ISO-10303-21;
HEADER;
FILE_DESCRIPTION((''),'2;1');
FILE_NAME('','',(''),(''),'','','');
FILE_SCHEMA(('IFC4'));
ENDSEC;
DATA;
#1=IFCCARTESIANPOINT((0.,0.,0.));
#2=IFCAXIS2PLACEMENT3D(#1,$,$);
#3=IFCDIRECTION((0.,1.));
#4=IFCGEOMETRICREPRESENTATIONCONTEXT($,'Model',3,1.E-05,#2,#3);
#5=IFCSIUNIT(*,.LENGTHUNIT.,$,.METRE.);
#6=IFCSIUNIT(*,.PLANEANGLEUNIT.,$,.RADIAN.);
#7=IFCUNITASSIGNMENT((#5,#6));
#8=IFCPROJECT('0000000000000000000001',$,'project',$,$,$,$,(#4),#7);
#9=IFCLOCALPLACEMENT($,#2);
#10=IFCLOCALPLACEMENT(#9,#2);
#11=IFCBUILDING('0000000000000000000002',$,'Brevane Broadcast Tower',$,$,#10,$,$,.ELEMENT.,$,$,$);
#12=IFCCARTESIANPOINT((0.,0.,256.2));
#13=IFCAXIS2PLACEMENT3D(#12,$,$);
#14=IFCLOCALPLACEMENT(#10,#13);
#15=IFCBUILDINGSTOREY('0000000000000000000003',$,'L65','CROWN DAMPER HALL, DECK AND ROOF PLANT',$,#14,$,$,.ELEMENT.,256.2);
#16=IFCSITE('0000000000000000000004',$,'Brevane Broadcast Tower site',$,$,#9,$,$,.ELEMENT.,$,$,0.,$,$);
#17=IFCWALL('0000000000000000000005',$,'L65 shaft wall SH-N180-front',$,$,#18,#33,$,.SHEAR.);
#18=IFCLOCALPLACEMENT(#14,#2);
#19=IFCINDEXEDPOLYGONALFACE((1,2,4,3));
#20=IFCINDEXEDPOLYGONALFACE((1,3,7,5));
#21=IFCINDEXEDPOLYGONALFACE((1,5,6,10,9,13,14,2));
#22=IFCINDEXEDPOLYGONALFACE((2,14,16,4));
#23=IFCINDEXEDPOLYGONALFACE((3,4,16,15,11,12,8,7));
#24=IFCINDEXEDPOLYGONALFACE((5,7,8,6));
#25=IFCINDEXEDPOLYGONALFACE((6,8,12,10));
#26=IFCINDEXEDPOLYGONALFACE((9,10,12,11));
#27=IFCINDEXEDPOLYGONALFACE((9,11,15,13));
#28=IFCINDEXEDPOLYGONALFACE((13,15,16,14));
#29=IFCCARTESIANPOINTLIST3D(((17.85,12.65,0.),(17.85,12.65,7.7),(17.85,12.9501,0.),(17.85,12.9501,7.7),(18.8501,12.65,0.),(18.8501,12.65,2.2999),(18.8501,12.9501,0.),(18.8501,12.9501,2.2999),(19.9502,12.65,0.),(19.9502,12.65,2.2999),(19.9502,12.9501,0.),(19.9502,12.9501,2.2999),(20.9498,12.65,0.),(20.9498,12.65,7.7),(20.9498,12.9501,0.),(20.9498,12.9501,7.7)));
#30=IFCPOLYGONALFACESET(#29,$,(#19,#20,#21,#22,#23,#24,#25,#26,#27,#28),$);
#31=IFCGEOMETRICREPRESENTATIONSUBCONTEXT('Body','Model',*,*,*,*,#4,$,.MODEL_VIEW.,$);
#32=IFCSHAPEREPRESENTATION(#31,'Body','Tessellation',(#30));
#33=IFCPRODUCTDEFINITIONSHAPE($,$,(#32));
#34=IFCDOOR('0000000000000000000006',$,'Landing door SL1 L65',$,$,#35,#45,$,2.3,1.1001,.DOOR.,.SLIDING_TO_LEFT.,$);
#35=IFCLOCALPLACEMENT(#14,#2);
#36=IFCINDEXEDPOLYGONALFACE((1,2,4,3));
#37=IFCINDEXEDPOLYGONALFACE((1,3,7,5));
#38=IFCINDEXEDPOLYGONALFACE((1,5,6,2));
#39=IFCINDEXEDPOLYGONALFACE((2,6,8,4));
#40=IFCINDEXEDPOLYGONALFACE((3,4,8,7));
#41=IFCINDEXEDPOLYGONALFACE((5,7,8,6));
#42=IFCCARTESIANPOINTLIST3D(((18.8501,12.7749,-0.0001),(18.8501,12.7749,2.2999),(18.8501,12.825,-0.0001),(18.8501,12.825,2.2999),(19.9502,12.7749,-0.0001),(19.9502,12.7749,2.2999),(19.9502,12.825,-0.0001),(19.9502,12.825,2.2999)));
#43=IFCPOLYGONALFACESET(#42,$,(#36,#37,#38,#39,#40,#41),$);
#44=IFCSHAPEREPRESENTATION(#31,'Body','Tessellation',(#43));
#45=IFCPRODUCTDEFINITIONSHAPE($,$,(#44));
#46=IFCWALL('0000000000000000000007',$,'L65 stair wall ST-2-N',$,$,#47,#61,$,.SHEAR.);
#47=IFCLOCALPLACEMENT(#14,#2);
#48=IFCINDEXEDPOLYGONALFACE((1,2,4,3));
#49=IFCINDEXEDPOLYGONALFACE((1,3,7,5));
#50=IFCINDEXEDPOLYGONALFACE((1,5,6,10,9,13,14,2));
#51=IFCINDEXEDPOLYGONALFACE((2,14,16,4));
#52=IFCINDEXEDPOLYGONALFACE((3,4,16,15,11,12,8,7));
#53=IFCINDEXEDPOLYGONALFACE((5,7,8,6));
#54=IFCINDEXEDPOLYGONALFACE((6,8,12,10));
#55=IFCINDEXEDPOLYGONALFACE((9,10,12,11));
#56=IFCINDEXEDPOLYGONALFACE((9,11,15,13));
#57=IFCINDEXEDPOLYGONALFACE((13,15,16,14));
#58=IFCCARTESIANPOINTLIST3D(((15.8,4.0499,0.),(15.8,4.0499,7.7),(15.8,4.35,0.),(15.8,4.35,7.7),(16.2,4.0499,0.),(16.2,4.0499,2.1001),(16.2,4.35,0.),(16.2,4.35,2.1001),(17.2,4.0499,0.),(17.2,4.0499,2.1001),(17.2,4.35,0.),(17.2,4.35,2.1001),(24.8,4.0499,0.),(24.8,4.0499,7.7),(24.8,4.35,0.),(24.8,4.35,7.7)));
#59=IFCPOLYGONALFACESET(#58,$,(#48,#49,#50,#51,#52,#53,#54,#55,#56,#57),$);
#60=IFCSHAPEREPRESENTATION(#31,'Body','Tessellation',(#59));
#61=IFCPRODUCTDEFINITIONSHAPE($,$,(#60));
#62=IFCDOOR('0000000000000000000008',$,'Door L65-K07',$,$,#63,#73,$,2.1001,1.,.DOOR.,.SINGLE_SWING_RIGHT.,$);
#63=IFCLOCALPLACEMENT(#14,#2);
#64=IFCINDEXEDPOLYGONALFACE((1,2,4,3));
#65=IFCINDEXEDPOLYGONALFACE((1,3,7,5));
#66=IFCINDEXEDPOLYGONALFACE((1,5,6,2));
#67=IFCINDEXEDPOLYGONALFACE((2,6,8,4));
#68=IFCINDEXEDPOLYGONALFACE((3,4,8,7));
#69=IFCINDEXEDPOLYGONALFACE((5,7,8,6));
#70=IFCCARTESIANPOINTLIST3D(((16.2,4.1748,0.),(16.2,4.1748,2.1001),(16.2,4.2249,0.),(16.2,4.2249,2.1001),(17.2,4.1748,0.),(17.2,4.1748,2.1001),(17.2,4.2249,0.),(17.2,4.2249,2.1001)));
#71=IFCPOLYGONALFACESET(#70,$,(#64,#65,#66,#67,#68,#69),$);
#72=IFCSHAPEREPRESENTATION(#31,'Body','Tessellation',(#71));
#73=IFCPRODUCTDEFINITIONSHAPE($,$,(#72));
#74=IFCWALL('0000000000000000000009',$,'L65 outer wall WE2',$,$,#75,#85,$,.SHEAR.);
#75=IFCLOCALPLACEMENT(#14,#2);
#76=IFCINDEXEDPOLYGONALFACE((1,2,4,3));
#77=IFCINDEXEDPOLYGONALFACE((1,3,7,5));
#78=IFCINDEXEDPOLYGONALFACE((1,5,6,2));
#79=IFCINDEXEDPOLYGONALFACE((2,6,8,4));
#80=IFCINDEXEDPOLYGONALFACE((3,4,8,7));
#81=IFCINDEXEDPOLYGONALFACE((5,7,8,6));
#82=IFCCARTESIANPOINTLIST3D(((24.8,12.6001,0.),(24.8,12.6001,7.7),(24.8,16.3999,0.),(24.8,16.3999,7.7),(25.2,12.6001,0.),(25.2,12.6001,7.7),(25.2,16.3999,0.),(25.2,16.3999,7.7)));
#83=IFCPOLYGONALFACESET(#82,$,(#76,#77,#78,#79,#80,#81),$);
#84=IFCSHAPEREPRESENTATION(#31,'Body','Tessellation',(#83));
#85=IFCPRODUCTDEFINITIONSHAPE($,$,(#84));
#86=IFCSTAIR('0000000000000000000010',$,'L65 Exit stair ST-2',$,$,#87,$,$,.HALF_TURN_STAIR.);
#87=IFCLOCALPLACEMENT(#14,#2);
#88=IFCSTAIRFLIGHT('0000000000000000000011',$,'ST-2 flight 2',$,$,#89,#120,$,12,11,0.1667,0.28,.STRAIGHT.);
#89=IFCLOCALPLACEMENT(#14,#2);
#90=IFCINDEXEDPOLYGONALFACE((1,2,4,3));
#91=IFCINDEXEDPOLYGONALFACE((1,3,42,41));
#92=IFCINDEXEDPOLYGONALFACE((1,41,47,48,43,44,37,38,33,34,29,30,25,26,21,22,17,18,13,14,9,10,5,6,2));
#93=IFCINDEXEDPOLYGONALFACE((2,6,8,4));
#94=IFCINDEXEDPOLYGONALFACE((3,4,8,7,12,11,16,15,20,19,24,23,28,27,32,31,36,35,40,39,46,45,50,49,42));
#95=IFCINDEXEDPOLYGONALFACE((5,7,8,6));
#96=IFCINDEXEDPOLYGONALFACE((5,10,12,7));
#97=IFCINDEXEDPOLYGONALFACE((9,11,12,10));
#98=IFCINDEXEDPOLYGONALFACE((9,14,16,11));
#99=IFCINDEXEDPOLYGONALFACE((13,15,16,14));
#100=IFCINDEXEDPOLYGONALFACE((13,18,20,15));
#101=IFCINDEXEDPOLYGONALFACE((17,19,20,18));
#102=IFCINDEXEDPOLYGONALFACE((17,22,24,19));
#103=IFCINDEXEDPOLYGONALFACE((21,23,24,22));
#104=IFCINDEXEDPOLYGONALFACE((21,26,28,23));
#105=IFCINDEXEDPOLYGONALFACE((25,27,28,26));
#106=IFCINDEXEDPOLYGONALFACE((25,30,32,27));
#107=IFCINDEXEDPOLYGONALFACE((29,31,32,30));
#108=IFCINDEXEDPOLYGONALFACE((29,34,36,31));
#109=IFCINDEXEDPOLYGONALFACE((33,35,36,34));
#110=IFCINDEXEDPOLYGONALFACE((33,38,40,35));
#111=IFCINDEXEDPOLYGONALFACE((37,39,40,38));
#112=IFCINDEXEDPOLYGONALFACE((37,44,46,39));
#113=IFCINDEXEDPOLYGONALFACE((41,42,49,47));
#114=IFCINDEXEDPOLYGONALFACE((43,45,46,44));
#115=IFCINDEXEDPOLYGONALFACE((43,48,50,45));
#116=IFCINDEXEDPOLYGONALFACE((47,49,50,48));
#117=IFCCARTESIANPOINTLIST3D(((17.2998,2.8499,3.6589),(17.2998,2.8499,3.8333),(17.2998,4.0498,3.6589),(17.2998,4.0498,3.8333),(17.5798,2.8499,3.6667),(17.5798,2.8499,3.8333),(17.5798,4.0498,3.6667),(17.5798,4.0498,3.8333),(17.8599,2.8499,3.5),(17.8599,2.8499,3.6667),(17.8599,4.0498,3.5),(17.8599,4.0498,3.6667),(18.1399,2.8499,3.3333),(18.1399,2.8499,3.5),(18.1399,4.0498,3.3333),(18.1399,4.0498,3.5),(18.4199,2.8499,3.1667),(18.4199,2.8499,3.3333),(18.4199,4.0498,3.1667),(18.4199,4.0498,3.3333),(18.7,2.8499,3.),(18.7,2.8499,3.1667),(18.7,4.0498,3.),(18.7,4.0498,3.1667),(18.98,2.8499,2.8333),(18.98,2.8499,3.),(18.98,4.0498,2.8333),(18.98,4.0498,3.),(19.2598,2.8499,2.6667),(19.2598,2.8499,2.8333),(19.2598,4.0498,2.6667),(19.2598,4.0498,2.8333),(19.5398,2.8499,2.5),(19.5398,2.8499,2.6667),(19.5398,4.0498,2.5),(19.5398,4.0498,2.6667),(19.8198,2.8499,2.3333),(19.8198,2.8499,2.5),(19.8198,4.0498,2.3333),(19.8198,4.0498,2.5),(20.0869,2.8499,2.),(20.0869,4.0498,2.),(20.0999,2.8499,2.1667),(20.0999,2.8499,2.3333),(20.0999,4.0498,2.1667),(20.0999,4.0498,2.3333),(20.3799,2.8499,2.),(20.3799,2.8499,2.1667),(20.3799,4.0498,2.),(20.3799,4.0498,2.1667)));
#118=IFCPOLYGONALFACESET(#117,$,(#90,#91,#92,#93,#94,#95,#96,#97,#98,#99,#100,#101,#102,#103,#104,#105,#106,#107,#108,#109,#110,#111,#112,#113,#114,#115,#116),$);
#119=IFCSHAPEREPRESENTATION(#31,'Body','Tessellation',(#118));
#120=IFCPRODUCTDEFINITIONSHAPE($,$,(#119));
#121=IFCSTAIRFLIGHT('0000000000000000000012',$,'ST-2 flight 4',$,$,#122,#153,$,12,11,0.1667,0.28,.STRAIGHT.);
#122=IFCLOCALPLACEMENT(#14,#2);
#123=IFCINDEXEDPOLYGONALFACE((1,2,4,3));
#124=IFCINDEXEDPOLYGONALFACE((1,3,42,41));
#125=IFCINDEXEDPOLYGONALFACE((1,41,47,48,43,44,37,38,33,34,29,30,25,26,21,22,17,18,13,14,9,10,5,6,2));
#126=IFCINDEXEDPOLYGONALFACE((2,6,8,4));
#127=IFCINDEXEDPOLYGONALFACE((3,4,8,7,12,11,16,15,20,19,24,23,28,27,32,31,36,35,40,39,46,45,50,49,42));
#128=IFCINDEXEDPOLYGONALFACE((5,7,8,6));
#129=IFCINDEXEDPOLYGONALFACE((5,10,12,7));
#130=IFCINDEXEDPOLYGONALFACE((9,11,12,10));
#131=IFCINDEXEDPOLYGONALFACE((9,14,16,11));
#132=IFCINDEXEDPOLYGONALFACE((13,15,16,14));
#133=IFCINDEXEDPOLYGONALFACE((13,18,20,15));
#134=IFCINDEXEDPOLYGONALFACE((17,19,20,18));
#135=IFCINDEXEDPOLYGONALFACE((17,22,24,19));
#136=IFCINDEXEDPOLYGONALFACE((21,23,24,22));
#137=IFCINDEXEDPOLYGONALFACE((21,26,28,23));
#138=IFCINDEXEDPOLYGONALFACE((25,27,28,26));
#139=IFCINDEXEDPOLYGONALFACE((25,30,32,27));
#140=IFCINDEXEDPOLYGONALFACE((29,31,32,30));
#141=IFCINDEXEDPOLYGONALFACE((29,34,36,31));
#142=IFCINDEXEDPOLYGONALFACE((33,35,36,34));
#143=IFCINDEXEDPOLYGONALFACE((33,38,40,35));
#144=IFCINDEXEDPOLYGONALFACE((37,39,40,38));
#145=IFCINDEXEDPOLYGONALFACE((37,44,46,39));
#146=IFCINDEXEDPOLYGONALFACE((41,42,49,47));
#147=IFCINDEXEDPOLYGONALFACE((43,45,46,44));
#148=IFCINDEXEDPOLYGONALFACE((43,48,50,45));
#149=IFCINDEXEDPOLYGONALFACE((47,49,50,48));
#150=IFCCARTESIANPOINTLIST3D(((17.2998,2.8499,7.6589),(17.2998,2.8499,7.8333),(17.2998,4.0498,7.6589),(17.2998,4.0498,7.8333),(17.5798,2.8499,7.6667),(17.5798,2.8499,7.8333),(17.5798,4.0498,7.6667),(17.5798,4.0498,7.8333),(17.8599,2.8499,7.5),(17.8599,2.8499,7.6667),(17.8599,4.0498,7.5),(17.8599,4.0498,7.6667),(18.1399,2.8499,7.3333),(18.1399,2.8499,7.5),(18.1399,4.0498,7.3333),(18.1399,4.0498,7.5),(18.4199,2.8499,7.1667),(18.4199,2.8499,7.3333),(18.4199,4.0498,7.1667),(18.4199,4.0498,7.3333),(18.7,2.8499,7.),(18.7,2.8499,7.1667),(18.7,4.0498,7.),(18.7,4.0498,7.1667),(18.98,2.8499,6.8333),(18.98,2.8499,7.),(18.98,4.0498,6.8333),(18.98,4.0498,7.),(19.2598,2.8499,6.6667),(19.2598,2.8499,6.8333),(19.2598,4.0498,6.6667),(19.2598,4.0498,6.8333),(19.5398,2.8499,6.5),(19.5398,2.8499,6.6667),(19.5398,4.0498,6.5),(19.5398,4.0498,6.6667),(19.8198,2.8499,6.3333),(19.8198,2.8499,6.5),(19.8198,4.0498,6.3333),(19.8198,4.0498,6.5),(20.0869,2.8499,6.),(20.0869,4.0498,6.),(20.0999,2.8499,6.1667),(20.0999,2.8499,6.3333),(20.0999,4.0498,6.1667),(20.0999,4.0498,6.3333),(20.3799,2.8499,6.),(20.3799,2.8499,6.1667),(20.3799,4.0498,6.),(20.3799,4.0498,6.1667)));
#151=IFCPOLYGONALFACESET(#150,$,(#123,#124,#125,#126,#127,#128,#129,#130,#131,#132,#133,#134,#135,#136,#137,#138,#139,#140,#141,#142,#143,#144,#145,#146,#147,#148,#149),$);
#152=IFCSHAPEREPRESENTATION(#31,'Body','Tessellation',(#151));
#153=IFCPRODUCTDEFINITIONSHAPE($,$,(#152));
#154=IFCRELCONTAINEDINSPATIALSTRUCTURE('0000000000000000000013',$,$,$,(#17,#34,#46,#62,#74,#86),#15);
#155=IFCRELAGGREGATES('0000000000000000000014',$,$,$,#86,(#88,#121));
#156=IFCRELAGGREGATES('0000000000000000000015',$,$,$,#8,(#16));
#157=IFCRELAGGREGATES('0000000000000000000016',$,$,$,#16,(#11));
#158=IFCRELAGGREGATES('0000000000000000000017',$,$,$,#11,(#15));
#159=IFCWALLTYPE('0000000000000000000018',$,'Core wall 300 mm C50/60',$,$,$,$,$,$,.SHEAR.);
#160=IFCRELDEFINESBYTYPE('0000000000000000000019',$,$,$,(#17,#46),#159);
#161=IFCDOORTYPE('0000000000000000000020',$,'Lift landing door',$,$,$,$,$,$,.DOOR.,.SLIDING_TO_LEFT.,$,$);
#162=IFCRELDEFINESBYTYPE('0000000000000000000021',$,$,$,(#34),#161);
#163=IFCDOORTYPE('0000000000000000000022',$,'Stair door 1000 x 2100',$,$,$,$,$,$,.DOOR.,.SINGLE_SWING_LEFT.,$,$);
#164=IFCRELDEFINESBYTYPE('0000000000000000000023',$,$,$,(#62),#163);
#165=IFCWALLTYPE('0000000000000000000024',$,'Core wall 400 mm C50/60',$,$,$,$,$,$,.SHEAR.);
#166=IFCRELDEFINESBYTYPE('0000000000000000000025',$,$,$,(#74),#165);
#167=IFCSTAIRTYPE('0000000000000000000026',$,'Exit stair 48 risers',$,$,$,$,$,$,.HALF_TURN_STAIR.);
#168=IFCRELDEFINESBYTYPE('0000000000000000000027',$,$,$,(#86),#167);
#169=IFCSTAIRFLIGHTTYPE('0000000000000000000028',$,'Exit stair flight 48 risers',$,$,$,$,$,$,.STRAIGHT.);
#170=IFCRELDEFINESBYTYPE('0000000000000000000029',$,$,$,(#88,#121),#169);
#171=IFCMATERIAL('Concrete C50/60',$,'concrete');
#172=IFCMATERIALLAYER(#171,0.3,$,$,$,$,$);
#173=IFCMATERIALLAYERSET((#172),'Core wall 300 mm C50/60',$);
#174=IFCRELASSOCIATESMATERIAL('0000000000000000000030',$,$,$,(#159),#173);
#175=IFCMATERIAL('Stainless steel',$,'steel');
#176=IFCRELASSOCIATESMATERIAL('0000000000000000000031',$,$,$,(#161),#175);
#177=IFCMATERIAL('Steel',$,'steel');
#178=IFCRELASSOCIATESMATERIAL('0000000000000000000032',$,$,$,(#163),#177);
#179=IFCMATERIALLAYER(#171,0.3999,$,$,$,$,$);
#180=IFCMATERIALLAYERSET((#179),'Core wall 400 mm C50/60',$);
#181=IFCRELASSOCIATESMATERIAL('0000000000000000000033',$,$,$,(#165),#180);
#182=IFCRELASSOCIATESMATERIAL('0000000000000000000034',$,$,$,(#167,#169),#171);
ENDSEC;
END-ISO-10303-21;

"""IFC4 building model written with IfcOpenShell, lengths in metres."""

from ifc_helpers import new_model, si_unit, direction, frame, frame_2d, origin, place, context, subcontext, project, spatial, polyline, rectangle, outline, extrude, material, layer, layer_set, type_object, element, fill, aggregate, save


model = new_model("IFC4")

# Units and contexts
model_context = context("Model", 3, precision=1e-05, world=origin(), true_north=direction((0.0, 1.0)))
body_context = subcontext(model_context, "Body", "Model", "MODEL_VIEW")
ifc_project = project(units=[si_unit("LENGTHUNIT", "METRE"), si_unit("PLANEANGLEUNIT", "RADIAN")], contexts=[model_context])

# Site, building, storey
site_placement = place(None, origin())
site = spatial("IfcSite", under=ifc_project, at=site_placement, Name="Brevane Broadcast Tower site", CompositionType="ELEMENT", RefElevation=0.0)
building_placement = place(site_placement, origin())
building = spatial("IfcBuilding", under=site, at=building_placement, Name="Brevane Broadcast Tower", CompositionType="ELEMENT")
storey_placement = place(building_placement, frame((0.0, 0.0, 256.2)))
storey = spatial("IfcBuildingStorey", under=building, at=storey_placement, Name="L65", Description="CROWN DAMPER HALL, DECK AND ROOF PLANT", CompositionType="ELEMENT", Elevation=256.2)

# Shared definitions
ifc_material_1 = material(Name="Steel", Category="steel")

# Walls, openings, doors
ifc_material_2 = material(Name="Concrete C50/60", Category="concrete")
ifc_layer_1 = layer(ifc_material_2, 0.3)
ifc_layer_set_1 = layer_set([ifc_layer_1], Name="Core wall 300 mm C50/60")
wall_type_1 = type_object("IfcWallType", Name="Core wall 300 mm C50/60", PredefinedType="SHEAR", material=ifc_layer_set_1)
wall_1_placement = place(storey_placement, frame((17.8501, 12.8, 0.0), z_axis=(0.0, 0.0, 1.0), x_axis=(1.0, 0.0, 0.0)))
wall_1 = element("IfcWall", 1, at=wall_1_placement, inside=storey, type_object=wall_type_1, Name="L65 shaft wall SH-N180-front", PredefinedType="SHEAR", context=body_context, shape_type="SweptSolid", body=[
    extrude(rectangle(XDim=3.0999, YDim=0.3, at=frame_2d((1.5498, 0.0))), origin(), (0.0, 0.0, 1.0), 7.7),
])
opening_1_placement = place(wall_1_placement, frame((1.0, 0.0, 0.0)))
opening_1 = element("IfcOpeningElement", 2, at=opening_1_placement, cuts=wall_1, PredefinedType="OPENING", context=body_context, shape_type="SweptSolid", body=[
    extrude(rectangle(XDim=1.1001, YDim=2.3, at=frame_2d((0.55, 1.1499))), frame((0.0, 0.1599, 0.0), z_axis=(0.0, -1.0, 0.0), x_axis=(1.0, 0.0, 0.0)), (0.0, 0.0, 1.0), 0.3201),
])
ifc_material_3 = material(Name="Stainless steel", Category="steel")
door_type_1 = type_object("IfcDoorType", Name="Lift landing door", OperationType="SLIDING_TO_LEFT", PredefinedType="DOOR", material=ifc_material_3)
door_1_placement = place(opening_1_placement, origin())
door_1 = element("IfcDoor", 3, at=door_1_placement, inside=storey, type_object=door_type_1, Name="Landing door SL1 L65", OperationType="SLIDING_TO_LEFT", OverallHeight=2.3, OverallWidth=1.1001, PredefinedType="DOOR", context=body_context, shape_type="SweptSolid", body=[
    extrude(rectangle(XDim=1.1001, YDim=2.3, at=frame_2d((0.55, 1.1499))), frame((0.0, 0.0249, 0.0), z_axis=(0.0, -1.0, 0.0), x_axis=(1.0, 0.0, 0.0)), (0.0, 0.0, 1.0), 0.05),
])
fill(opening_1, door_1)
wall_2_placement = place(storey_placement, frame((15.8, 4.2, 0.0), z_axis=(0.0, 0.0, 1.0), x_axis=(1.0, 0.0, 0.0)))
wall_2 = element("IfcWall", 4, at=wall_2_placement, inside=storey, type_object=wall_type_1, Name="L65 stair wall ST-2-N", PredefinedType="SHEAR", context=body_context, shape_type="SweptSolid", body=[
    extrude(rectangle(XDim=9.0, YDim=0.3, at=frame_2d((4.5, 0.0))), origin(), (0.0, 0.0, 1.0), 7.7),
])
opening_2_placement = place(wall_2_placement, frame((0.3999, 0.0, 0.0)))
opening_2 = element("IfcOpeningElement", 5, at=opening_2_placement, cuts=wall_2, PredefinedType="OPENING", context=body_context, shape_type="SweptSolid", body=[
    extrude(rectangle(XDim=1.0, YDim=2.1001, at=frame_2d((0.5, 1.05))), frame((0.0, 0.1599, 0.0), z_axis=(0.0, -1.0, 0.0), x_axis=(1.0, 0.0, 0.0)), (0.0, 0.0, 1.0), 0.3201),
])
door_type_2 = type_object("IfcDoorType", Name="Stair door 1000 x 2100", OperationType="SINGLE_SWING_LEFT", PredefinedType="DOOR", material=ifc_material_1)
door_2_placement = place(opening_2_placement, origin())
door_2 = element("IfcDoor", 6, at=door_2_placement, inside=storey, type_object=door_type_2, Name="Door L65-K07", OperationType="SINGLE_SWING_RIGHT", OverallHeight=2.1001, OverallWidth=1.0, PredefinedType="DOOR", context=body_context, shape_type="SweptSolid", body=[
    extrude(rectangle(XDim=1.0, YDim=2.1001, at=frame_2d((0.5, 1.05))), frame((0.0, 0.0249, 0.0), z_axis=(0.0, -1.0, 0.0), x_axis=(1.0, 0.0, 0.0)), (0.0, 0.0, 1.0), 0.05),
])
fill(opening_2, door_2)

# Wall
ifc_layer_2 = layer(ifc_material_2, 0.3999)
ifc_layer_set_2 = layer_set([ifc_layer_2], Name="Core wall 400 mm C50/60")
wall_type_2 = type_object("IfcWallType", Name="Core wall 400 mm C50/60", PredefinedType="SHEAR", material=ifc_layer_set_2)
wall_3_placement = place(storey_placement, frame((25.0, 12.6001, 0.0), z_axis=(0.0, 0.0, 1.0), x_axis=(0.0, 1.0, 0.0)))
element("IfcWall", 7, at=wall_3_placement, inside=storey, type_object=wall_type_2, Name="L65 outer wall WE2", PredefinedType="SHEAR", context=body_context, shape_type="SweptSolid", body=[
    extrude(rectangle(XDim=3.7998, YDim=0.3999, at=frame_2d((1.8999, 0.0))), origin(), (0.0, 0.0, 1.0), 7.7),
])

# Stair, stair flights
stair_type = type_object("IfcStairType", Name="Exit stair 48 risers", PredefinedType="HALF_TURN_STAIR", material=ifc_material_2)
stair_placement = place(storey_placement, origin())
stair = element("IfcStair", 8, at=stair_placement, inside=storey, type_object=stair_type, Name="L65 Exit stair ST-2", PredefinedType="HALF_TURN_STAIR")
stair_flight_type = type_object("IfcStairFlightType", Name="Exit stair flight 48 risers", PredefinedType="STRAIGHT", material=ifc_material_2)
stair_flight_1_placement = place(storey_placement, frame((20.3799, 3.45, 2.0), z_axis=(0.0, 0.0, 1.0), x_axis=(-1.0, 0.0, 0.0)))
stair_flight_1 = element("IfcStairFlight", 9, at=stair_flight_1_placement, type_object=stair_flight_type, Name="ST-2 flight 2", NumberOfRisers=12, NumberOfTreads=11, PredefinedType="STRAIGHT", RiserHeight=0.1667, TreadLength=0.28, context=body_context, shape_type="SweptSolid", body=[
    extrude(outline(polyline([(0.0, 0.0), (0.0, 0.1667), (0.28, 0.1667), (0.28, 0.3333), (0.5601, 0.3333), (0.5601, 0.5), (0.8401, 0.5), (0.8401, 0.6667), (1.1201, 0.6667), (1.1201, 0.8333), (1.3999, 0.8333), (1.3999, 1.0), (1.6799, 1.0), (1.6799, 1.1667), (1.96, 1.1667), (1.96, 1.3333), (2.24, 1.3333), (2.24, 1.5), (2.52, 1.5), (2.52, 1.6667), (2.8, 1.6667), (2.8, 1.8333), (3.0801, 1.8333), (3.0801, 2.0), (3.0801, 1.6589), (0.293, 0.0), (0.0, 0.0)])), frame((0.0, 0.6001, 0.0), z_axis=(0.0, -1.0, 0.0), x_axis=(1.0, 0.0, 0.0)), (0.0, 0.0, 1.0), 1.2),
])
stair_flight_2_placement = place(storey_placement, frame((20.3799, 3.45, 6.0), z_axis=(0.0, 0.0, 1.0), x_axis=(-1.0, 0.0, 0.0)))
stair_flight_2 = element("IfcStairFlight", 10, at=stair_flight_2_placement, type_object=stair_flight_type, Name="ST-2 flight 4", NumberOfRisers=12, NumberOfTreads=11, PredefinedType="STRAIGHT", RiserHeight=0.1667, TreadLength=0.28, context=body_context, shape_type="SweptSolid", body=[
    extrude(outline(polyline([(0.0, 0.0), (0.0, 0.1667), (0.28, 0.1667), (0.28, 0.3333), (0.5601, 0.3333), (0.5601, 0.5), (0.8401, 0.5), (0.8401, 0.6667), (1.1201, 0.6667), (1.1201, 0.8333), (1.3999, 0.8333), (1.3999, 1.0), (1.6799, 1.0), (1.6799, 1.1667), (1.96, 1.1667), (1.96, 1.3333), (2.24, 1.3333), (2.24, 1.5), (2.52, 1.5), (2.52, 1.6667), (2.8, 1.6667), (2.8, 1.8333), (3.0801, 1.8333), (3.0801, 2.0), (3.0801, 1.6589), (0.293, 0.0), (0.0, 0.0)])), frame((0.0, 0.6001, 0.0), z_axis=(0.0, -1.0, 0.0), x_axis=(1.0, 0.0, 0.0)), (0.0, 0.0, 1.0), 1.2),
])
aggregate(stair, [stair_flight_1, stair_flight_2])

save(model, "model.ifc")
